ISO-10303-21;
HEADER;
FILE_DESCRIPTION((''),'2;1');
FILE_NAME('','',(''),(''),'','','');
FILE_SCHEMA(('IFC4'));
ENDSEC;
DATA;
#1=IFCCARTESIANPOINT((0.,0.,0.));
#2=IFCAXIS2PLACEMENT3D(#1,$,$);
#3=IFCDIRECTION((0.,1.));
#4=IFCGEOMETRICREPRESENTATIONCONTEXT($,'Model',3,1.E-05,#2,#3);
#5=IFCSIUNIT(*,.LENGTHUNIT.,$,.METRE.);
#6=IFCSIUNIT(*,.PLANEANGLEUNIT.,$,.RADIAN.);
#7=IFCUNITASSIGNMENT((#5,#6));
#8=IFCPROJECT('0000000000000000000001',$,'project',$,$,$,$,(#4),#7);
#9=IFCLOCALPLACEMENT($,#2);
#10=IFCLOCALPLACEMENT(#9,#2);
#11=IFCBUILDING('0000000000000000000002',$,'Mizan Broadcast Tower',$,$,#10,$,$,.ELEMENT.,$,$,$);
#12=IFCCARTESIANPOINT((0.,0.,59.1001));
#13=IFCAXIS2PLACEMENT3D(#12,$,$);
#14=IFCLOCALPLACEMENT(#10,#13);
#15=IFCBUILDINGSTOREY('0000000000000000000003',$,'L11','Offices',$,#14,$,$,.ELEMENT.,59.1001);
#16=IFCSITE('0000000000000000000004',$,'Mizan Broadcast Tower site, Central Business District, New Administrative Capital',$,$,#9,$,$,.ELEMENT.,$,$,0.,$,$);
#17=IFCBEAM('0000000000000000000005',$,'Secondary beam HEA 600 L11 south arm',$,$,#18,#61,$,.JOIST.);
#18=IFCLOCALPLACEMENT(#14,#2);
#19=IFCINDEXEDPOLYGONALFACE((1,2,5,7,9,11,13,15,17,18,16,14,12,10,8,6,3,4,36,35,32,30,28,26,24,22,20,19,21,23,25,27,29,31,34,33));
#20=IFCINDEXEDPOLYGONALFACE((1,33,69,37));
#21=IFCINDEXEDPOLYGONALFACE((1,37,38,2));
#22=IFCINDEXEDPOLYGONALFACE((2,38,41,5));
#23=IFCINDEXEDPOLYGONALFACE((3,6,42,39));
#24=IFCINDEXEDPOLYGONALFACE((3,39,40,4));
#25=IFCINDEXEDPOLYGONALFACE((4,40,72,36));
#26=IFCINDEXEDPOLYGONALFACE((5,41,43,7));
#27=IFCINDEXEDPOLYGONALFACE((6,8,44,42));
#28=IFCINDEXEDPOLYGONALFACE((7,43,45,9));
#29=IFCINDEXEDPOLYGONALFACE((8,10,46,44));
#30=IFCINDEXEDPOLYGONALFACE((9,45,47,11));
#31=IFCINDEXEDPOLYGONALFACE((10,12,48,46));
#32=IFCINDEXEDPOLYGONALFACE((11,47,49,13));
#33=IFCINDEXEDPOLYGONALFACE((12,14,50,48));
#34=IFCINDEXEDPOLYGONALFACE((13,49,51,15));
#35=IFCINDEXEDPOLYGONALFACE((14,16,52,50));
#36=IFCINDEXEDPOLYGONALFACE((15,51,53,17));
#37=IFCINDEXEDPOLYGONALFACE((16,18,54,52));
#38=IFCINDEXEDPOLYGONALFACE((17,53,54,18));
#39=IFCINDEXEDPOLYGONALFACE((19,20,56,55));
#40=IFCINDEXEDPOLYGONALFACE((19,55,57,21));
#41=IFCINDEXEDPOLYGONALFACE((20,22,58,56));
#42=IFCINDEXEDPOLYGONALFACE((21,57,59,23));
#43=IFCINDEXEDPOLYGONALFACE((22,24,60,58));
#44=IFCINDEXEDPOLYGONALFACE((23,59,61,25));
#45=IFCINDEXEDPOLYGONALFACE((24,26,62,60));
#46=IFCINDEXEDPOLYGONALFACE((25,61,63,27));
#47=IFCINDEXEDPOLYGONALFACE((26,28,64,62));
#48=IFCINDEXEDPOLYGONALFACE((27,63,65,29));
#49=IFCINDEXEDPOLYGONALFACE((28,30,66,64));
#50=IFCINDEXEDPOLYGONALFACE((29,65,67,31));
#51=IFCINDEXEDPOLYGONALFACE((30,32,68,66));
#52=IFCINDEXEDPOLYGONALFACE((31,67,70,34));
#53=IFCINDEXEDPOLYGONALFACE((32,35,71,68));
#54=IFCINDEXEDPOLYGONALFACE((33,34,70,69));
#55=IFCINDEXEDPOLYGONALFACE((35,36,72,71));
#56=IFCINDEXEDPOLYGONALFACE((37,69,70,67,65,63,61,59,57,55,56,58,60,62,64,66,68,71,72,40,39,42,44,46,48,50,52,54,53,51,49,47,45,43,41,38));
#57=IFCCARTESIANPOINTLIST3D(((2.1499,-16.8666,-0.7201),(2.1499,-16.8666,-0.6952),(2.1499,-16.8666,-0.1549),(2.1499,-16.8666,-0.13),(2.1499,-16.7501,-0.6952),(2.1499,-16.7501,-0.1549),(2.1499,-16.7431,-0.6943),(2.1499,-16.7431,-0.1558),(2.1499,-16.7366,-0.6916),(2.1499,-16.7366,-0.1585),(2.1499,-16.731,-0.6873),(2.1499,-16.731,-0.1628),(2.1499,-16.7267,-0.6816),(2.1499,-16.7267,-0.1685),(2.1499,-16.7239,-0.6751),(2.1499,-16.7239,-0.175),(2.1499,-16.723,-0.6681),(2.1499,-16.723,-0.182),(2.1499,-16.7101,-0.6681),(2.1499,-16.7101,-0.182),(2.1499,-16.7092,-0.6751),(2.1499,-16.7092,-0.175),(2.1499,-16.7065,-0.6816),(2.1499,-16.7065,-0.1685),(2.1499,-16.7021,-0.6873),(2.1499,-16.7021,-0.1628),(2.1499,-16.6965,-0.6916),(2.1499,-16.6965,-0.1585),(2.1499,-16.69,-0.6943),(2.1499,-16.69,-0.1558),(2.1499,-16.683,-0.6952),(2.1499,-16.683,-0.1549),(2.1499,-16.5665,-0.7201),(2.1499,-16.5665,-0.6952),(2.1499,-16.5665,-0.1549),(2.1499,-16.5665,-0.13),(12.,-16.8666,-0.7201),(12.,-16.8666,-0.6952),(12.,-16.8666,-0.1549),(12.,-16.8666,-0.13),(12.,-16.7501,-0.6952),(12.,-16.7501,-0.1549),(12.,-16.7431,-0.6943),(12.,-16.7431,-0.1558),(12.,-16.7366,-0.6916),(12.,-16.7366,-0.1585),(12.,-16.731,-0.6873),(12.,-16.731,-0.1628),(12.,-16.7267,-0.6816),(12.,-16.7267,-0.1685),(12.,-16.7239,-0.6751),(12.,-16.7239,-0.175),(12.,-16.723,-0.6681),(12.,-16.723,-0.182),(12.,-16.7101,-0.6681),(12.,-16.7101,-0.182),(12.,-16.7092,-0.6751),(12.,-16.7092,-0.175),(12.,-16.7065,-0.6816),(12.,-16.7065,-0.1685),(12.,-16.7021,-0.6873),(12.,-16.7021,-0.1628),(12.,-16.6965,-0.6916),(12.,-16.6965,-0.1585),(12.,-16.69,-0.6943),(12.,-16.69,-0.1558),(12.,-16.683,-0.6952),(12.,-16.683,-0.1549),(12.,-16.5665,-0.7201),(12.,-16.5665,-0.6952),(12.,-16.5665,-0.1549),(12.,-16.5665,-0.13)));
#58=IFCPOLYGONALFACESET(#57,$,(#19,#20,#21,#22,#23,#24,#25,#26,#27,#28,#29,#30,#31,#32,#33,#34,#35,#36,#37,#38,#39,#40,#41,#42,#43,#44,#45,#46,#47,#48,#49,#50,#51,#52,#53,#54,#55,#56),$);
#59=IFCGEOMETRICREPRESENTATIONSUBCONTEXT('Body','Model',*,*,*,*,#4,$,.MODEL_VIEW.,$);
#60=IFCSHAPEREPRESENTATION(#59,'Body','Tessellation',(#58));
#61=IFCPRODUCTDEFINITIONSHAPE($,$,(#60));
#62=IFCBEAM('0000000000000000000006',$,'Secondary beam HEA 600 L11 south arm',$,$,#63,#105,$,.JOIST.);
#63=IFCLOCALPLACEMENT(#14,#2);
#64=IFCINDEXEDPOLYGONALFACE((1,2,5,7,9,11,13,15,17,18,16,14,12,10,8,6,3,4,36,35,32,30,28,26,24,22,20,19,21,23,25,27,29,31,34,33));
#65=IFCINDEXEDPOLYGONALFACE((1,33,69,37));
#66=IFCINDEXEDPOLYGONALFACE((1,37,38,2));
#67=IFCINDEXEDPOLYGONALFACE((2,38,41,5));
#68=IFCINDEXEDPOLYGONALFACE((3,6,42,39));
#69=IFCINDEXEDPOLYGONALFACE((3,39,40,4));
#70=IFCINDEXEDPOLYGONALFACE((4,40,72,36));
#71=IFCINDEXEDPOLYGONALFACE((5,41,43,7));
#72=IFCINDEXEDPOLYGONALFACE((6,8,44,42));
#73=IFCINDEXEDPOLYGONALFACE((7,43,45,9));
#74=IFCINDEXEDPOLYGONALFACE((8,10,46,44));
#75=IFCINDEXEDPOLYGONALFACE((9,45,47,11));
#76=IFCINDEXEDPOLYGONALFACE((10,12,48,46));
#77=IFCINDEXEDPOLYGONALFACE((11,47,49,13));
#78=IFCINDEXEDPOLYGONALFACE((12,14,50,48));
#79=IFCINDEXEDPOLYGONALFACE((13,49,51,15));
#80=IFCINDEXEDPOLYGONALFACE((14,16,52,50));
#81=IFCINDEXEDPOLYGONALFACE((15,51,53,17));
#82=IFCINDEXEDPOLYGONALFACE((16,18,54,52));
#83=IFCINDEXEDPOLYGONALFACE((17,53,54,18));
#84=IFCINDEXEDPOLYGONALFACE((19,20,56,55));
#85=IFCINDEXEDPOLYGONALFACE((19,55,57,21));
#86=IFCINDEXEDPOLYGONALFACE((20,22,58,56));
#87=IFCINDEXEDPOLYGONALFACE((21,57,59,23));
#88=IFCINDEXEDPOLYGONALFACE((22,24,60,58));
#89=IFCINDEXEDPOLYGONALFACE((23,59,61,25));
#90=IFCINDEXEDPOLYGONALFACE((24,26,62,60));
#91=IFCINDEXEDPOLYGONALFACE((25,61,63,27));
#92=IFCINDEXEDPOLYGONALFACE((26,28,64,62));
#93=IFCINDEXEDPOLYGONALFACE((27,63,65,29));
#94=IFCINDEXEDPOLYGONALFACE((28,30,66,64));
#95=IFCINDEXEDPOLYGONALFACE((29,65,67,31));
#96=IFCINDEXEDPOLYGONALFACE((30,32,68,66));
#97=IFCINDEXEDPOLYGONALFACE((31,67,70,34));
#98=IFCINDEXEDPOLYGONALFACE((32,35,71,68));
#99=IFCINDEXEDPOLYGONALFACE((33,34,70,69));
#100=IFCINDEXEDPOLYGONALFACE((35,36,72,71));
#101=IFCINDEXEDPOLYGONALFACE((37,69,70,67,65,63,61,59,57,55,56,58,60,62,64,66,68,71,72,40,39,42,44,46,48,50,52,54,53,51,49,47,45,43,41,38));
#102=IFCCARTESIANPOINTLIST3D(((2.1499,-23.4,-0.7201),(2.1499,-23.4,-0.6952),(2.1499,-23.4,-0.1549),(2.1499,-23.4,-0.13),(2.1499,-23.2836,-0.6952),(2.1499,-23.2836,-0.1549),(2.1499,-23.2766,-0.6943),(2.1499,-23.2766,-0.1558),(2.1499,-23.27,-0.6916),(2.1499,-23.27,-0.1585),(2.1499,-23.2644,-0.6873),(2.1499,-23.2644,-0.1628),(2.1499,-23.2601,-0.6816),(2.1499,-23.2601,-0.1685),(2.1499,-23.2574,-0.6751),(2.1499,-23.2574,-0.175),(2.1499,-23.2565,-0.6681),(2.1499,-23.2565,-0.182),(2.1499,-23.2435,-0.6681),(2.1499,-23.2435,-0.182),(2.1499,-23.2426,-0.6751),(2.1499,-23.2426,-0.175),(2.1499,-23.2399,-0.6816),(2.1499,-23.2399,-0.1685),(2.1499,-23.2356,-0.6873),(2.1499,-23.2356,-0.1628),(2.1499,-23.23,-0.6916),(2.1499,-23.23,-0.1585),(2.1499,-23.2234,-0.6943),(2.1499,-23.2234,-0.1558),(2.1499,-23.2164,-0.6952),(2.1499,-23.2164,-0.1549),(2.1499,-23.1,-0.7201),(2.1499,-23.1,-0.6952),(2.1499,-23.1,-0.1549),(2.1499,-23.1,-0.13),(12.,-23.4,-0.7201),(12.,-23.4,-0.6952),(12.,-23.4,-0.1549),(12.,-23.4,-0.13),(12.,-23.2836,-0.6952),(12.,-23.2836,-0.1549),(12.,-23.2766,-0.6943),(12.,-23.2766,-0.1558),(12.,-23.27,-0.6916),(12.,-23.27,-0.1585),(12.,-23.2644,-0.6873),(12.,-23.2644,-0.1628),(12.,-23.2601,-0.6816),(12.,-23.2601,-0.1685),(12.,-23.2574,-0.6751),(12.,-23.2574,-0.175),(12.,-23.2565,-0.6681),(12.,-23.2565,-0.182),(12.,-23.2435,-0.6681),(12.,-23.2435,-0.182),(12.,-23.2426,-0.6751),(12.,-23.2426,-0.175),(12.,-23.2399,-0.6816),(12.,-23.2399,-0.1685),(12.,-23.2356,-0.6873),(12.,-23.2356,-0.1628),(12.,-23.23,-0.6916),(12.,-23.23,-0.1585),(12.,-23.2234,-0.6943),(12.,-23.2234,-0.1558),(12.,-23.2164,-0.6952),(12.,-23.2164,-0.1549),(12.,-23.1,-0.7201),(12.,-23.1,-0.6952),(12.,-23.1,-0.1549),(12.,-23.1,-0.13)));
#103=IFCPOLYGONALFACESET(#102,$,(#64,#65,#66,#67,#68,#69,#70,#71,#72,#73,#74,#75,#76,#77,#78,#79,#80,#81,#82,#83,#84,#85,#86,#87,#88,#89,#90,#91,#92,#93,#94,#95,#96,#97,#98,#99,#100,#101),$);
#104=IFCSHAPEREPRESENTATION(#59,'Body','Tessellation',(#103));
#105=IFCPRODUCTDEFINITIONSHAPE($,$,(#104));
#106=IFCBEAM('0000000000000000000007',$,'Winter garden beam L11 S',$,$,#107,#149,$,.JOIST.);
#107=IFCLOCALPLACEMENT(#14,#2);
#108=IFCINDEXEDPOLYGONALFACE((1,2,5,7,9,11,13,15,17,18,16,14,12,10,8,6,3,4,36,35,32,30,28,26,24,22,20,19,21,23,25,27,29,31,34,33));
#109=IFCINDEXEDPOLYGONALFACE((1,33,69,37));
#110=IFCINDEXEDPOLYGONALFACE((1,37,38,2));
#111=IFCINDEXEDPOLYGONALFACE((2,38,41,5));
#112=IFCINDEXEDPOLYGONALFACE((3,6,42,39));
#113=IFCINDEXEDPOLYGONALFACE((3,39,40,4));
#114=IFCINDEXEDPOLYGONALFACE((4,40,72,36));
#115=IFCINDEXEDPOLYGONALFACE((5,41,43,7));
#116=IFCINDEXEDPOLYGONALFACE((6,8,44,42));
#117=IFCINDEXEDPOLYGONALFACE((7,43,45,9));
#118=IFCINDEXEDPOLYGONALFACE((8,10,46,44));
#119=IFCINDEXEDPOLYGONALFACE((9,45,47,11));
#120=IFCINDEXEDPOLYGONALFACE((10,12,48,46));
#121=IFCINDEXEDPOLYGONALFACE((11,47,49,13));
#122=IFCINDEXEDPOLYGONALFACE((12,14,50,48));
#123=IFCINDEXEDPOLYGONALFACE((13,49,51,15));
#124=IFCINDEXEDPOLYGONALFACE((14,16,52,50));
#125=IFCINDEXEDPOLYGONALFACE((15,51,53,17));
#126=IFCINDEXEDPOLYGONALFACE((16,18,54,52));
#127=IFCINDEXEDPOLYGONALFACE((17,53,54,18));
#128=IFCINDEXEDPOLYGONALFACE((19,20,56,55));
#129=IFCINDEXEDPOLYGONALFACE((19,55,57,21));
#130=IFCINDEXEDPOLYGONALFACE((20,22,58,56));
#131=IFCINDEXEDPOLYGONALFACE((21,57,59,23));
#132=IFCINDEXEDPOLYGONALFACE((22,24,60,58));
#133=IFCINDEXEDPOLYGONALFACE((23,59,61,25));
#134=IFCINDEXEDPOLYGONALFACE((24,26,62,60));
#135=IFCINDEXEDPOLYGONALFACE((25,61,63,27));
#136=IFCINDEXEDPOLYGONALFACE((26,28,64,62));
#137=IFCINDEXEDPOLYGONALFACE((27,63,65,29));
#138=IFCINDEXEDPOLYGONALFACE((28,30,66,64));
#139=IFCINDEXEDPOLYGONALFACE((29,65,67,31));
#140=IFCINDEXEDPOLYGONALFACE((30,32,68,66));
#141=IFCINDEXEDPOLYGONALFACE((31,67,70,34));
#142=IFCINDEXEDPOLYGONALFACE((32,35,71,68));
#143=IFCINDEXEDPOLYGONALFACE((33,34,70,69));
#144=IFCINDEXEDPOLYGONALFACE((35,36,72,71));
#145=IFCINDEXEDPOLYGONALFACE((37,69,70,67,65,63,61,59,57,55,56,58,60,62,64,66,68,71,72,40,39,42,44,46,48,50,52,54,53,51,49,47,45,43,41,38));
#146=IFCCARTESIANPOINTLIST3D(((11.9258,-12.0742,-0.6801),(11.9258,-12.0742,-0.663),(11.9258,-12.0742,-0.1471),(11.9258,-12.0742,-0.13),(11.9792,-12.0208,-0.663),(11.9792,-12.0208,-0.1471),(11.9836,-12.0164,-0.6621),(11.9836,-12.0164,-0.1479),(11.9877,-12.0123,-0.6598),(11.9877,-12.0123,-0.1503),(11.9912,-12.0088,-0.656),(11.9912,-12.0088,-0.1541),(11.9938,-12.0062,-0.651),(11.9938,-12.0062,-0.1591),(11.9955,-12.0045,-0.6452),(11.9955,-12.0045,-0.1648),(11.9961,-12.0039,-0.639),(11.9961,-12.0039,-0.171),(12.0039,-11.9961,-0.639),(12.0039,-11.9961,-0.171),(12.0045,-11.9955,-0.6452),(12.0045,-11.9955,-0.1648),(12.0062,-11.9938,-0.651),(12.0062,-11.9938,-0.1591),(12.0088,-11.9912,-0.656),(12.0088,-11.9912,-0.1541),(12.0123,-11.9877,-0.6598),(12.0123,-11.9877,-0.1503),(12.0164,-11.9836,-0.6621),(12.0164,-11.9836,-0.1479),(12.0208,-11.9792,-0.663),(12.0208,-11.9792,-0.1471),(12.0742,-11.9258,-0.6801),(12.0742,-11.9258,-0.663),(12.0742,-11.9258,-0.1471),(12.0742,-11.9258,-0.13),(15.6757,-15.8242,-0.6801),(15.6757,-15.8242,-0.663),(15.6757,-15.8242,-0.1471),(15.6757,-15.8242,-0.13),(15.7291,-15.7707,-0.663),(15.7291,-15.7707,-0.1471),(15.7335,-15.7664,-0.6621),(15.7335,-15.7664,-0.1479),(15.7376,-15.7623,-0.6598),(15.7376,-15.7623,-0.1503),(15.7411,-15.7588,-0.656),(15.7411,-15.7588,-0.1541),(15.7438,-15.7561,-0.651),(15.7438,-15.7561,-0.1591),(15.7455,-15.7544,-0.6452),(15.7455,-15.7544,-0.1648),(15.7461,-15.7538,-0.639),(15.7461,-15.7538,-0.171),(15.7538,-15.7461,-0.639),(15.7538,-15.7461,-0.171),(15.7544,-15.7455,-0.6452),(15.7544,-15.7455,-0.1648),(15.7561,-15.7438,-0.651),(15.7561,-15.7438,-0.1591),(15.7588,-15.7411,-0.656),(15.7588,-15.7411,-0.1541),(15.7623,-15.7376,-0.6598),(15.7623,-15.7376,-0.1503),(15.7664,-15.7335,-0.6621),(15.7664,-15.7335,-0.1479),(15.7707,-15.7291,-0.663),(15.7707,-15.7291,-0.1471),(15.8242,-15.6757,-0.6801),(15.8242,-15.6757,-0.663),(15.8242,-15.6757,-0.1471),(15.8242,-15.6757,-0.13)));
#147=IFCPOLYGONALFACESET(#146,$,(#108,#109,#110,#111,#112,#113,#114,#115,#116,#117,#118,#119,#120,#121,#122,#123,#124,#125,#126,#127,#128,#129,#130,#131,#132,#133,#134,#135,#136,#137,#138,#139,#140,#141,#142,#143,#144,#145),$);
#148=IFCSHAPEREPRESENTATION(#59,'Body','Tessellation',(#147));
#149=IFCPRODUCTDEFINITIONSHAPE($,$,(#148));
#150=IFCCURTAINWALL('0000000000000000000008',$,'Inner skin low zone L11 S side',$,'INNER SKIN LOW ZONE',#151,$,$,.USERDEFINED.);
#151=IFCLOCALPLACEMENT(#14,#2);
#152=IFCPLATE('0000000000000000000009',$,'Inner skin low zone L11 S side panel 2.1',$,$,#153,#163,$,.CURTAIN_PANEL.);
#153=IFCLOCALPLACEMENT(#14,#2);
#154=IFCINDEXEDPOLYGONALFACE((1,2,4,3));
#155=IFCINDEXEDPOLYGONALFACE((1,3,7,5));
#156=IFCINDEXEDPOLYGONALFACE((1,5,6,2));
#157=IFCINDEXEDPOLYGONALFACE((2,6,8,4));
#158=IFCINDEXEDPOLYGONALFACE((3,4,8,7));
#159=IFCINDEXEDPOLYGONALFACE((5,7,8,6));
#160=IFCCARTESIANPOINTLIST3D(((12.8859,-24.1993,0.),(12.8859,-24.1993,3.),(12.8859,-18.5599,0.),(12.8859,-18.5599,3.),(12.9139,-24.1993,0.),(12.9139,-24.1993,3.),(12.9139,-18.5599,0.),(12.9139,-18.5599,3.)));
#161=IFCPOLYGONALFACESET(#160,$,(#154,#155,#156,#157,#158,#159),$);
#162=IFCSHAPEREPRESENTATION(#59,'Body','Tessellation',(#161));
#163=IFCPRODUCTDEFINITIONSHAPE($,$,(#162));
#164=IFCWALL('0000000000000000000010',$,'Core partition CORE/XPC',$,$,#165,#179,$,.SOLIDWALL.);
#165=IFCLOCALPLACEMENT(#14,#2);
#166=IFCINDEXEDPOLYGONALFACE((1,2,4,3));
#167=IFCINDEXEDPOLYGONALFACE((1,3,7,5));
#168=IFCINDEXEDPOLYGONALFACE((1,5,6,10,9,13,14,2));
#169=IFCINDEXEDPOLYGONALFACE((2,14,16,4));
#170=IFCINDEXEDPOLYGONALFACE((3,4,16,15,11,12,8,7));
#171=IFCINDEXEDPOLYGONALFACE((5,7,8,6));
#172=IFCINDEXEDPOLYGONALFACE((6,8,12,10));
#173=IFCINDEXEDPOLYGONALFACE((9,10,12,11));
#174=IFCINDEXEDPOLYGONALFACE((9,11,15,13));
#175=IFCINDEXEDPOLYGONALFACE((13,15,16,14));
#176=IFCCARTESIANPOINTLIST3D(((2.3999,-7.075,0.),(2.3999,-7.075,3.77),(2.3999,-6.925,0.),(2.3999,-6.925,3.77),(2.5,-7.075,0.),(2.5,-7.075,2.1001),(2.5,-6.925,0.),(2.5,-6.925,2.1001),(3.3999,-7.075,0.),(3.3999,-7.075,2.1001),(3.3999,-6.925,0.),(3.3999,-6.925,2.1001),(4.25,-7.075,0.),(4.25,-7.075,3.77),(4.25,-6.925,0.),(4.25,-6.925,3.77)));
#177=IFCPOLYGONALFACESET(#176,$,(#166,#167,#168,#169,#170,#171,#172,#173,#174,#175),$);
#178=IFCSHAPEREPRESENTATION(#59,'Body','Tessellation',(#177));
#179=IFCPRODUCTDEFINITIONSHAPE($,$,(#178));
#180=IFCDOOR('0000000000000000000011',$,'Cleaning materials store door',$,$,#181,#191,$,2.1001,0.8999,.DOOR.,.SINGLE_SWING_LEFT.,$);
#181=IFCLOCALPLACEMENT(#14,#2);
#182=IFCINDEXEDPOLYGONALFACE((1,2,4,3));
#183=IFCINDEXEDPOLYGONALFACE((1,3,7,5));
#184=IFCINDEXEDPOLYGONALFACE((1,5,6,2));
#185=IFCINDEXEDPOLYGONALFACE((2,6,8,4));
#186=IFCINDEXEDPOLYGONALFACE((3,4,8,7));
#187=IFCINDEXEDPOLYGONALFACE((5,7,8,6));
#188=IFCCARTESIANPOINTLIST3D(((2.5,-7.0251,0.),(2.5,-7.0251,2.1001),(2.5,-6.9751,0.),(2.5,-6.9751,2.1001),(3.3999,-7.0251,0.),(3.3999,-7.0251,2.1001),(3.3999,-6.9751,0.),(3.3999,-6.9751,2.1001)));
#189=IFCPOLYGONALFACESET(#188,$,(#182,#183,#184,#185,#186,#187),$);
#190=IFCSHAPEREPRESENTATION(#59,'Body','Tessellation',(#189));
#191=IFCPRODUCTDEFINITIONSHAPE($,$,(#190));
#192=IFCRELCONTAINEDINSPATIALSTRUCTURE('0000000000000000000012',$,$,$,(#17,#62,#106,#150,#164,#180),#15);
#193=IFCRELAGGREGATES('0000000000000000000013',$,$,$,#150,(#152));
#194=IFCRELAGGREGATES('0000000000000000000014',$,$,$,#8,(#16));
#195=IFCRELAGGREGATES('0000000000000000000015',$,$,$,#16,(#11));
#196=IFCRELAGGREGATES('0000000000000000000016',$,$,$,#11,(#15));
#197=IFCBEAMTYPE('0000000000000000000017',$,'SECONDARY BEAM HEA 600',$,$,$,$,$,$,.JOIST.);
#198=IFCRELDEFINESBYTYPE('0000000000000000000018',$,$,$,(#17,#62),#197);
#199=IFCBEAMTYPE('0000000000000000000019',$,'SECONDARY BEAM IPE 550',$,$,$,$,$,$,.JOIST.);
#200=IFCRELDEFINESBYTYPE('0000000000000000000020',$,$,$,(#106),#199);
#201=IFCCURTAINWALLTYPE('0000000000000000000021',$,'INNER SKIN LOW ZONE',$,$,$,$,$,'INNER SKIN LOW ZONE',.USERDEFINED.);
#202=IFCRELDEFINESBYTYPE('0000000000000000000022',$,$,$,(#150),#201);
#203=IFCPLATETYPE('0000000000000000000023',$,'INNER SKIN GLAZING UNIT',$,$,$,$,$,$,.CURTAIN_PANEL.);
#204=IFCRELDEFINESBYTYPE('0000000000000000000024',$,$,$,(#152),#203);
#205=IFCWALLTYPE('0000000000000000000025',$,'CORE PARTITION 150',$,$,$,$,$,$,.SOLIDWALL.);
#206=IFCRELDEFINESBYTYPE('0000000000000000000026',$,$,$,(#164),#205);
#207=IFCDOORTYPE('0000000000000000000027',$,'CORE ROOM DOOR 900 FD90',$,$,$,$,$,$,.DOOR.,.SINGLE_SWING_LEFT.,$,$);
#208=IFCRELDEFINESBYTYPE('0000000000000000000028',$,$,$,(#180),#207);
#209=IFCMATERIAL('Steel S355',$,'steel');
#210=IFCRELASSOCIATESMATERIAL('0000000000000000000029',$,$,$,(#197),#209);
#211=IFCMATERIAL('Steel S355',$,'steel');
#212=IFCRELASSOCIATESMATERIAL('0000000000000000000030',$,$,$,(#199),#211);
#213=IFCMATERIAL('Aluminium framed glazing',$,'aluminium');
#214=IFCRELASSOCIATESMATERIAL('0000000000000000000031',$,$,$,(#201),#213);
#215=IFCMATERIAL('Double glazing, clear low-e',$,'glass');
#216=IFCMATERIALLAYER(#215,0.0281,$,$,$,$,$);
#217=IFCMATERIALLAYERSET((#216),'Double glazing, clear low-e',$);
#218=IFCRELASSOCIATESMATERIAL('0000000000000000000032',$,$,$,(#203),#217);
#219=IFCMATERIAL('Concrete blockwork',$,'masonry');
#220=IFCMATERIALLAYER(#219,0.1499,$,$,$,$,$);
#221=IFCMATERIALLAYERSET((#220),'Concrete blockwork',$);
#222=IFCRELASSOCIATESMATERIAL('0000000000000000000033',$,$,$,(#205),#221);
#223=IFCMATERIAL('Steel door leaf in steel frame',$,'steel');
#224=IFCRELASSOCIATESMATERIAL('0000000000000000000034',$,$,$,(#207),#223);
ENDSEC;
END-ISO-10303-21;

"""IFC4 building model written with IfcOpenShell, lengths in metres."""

from ifc_helpers import new_model, si_unit, direction, frame, frame_2d, origin, origin_2d, place, context, subcontext, project, spatial, rectangle, i_section, extrude, material, layer, layer_set, material_profile, profile_set, type_object, element, fill, aggregate, save


model = new_model("IFC4")

# Units and contexts
model_context = context("Model", 3, precision=1e-05, world=origin(), true_north=direction((0.0, 1.0)))
body_context = subcontext(model_context, "Body", "Model", "MODEL_VIEW")
ifc_project = project(units=[si_unit("LENGTHUNIT", "METRE"), si_unit("PLANEANGLEUNIT", "RADIAN")], contexts=[model_context])

# Site, building, storey
site_placement = place(None, origin())
site = spatial("IfcSite", under=ifc_project, at=site_placement, Name="Mizan Broadcast Tower site, Central Business District, New Administrative Capital", CompositionType="ELEMENT", RefElevation=0.0)
building_placement = place(site_placement, origin())
building = spatial("IfcBuilding", under=site, at=building_placement, Name="Mizan Broadcast Tower", CompositionType="ELEMENT")
storey_placement = place(building_placement, frame((0.0, 0.0, 59.1001)))
storey = spatial("IfcBuildingStorey", under=building, at=storey_placement, Name="L11", Description="Offices", CompositionType="ELEMENT", Elevation=59.1001)

# Beams
ifc_material_1 = material(Name="Steel S355", Category="steel")
ifc_material_profile_1 = material_profile(ifc_material_1, i_section(OverallWidth=0.3, OverallDepth=0.5901, WebThickness=0.0129, FlangeThickness=0.0249, FilletRadius=0.0271, at=origin_2d()), Name="HEA 600")
ifc_profile_set_1 = profile_set([ifc_material_profile_1], Name="Steel S355")
beam_type_1 = type_object("IfcBeamType", Name="SECONDARY BEAM HEA 600", PredefinedType="JOIST", material=ifc_profile_set_1)
for number, where, z_axis, x_axis, name in (
    (1, (12.0, -16.7166, -0.425), (-1.0, 0.0, 0.0), (0.0, -1.0, 0.0), "Secondary beam HEA 600 L11 south arm"),
    (2, (12.0, -23.25, -0.425), (-1.0, 0.0, 0.0), (0.0, -1.0, 0.0), "Secondary beam HEA 600 L11 south arm"),
):
    element("IfcBeam", number, at=place(storey_placement, frame(where, z_axis=z_axis, x_axis=x_axis)), inside=storey, type_object=beam_type_1, Name=name, PredefinedType="JOIST", context=body_context, shape_type="SweptSolid", body=[
        extrude(i_section(OverallWidth=0.3, OverallDepth=0.5901, WebThickness=0.0129, FlangeThickness=0.0249, FilletRadius=0.0271, at=origin_2d()), origin(), (0.0, 0.0, 1.0), 9.8501),
    ])
ifc_material_2 = material(Name="Steel S355", Category="steel")
ifc_material_profile_2 = material_profile(ifc_material_2, i_section(OverallWidth=0.21, OverallDepth=0.55, WebThickness=0.011, FlangeThickness=0.0171, FilletRadius=0.0239, at=origin_2d()), Name="IPE 550")
ifc_profile_set_2 = profile_set([ifc_material_profile_2], Name="Steel S355")
beam_type_2 = type_object("IfcBeamType", Name="SECONDARY BEAM IPE 550", PredefinedType="JOIST", material=ifc_profile_set_2)
beam_1_placement = place(storey_placement, frame((12.0, -12.0, -0.405), z_axis=(0.707107, -0.707107, 0.0), x_axis=(0.707107, 0.707107, 0.0)))
element("IfcBeam", 3, at=beam_1_placement, inside=storey, type_object=beam_type_2, Name="Winter garden beam L11 S", PredefinedType="JOIST", context=body_context, shape_type="SweptSolid", body=[
    extrude(i_section(OverallWidth=0.21, OverallDepth=0.55, WebThickness=0.011, FlangeThickness=0.0171, FilletRadius=0.0239, at=origin_2d()), origin(), (0.0, 0.0, 1.0), 5.3032),
])

# Curtain wall, plate
ifc_material_3 = material(Name="Aluminium framed glazing", Category="aluminium")
curtain_wall_type = type_object("IfcCurtainWallType", Name="INNER SKIN LOW ZONE", ElementType="INNER SKIN LOW ZONE", PredefinedType="USERDEFINED", material=ifc_material_3)
curtain_wall_placement = place(storey_placement, origin())
curtain_wall = element("IfcCurtainWall", 4, at=curtain_wall_placement, inside=storey, type_object=curtain_wall_type, Name="Inner skin low zone L11 S side", ObjectType="INNER SKIN LOW ZONE", PredefinedType="USERDEFINED")
ifc_material_4 = material(Name="Double glazing, clear low-e", Category="glass")
ifc_layer_1 = layer(ifc_material_4, 0.0281)
ifc_layer_set_1 = layer_set([ifc_layer_1], Name="Double glazing, clear low-e")
plate_type = type_object("IfcPlateType", Name="INNER SKIN GLAZING UNIT", PredefinedType="CURTAIN_PANEL", material=ifc_layer_set_1)
plate_placement = place(storey_placement, frame((12.8999, -21.3796, 0.0), z_axis=(0.0, 0.0, 1.0), x_axis=(0.0, 1.0, 0.0)))
plate = element("IfcPlate", 5, at=plate_placement, type_object=plate_type, Name="Inner skin low zone L11 S side panel 2.1", PredefinedType="CURTAIN_PANEL", context=body_context, shape_type="SweptSolid", body=[
    extrude(rectangle(XDim=5.6394, YDim=0.0281, at=origin_2d()), origin(), (0.0, 0.0, 1.0), 3.0),
])
aggregate(curtain_wall, [plate])

# Wall, opening, door
ifc_material_5 = material(Name="Concrete blockwork", Category="masonry")
ifc_layer_2 = layer(ifc_material_5, 0.1499)
ifc_layer_set_2 = layer_set([ifc_layer_2], Name="Concrete blockwork")
wall_type_1 = type_object("IfcWallType", Name="CORE PARTITION 150", PredefinedType="SOLIDWALL", material=ifc_layer_set_2)
wall_1_placement = place(storey_placement, frame((2.3999, -7.0, 0.0), z_axis=(0.0, 0.0, 1.0), x_axis=(1.0, 0.0, 0.0)))
wall_1 = element("IfcWall", 6, at=wall_1_placement, inside=storey, type_object=wall_type_1, Name="Core partition CORE/XPC", PredefinedType="SOLIDWALL", context=body_context, shape_type="SweptSolid", body=[
    extrude(rectangle(XDim=1.8501, YDim=0.1499, at=frame_2d((0.925, 0.0))), origin(), (0.0, 0.0, 1.0), 3.77),
])
opening_1_placement = place(wall_1_placement, frame((0.1001, 0.0, 0.0)))
opening_1 = element("IfcOpeningElement", 7, at=opening_1_placement, cuts=wall_1, PredefinedType="OPENING", context=body_context, shape_type="SweptSolid", body=[
    extrude(rectangle(XDim=0.8999, YDim=2.1001, at=frame_2d((0.45, 1.05))), frame((0.0, 0.085, 0.0), z_axis=(0.0, -1.0, 0.0), x_axis=(1.0, 0.0, 0.0)), (0.0, 0.0, 1.0), 0.1699),
])
ifc_material_6 = material(Name="Steel door leaf in steel frame", Category="steel")
door_type_1 = type_object("IfcDoorType", Name="CORE ROOM DOOR 900 FD90", OperationType="SINGLE_SWING_LEFT", PredefinedType="DOOR", material=ifc_material_6)
door_1_placement = place(opening_1_placement, origin())
door_1 = element("IfcDoor", 8, at=door_1_placement, inside=storey, type_object=door_type_1, Name="Cleaning materials store door", OperationType="SINGLE_SWING_LEFT", OverallHeight=2.1001, OverallWidth=0.8999, PredefinedType="DOOR", context=body_context, shape_type="SweptSolid", body=[
    extrude(rectangle(XDim=0.8999, YDim=2.1001, at=frame_2d((0.45, 1.05))), frame((0.0, 0.0249, 0.0), z_axis=(0.0, -1.0, 0.0), x_axis=(1.0, 0.0, 0.0)), (0.0, 0.0, 1.0), 0.05),
])
fill(opening_1, door_1)

save(model, "model.ifc")
